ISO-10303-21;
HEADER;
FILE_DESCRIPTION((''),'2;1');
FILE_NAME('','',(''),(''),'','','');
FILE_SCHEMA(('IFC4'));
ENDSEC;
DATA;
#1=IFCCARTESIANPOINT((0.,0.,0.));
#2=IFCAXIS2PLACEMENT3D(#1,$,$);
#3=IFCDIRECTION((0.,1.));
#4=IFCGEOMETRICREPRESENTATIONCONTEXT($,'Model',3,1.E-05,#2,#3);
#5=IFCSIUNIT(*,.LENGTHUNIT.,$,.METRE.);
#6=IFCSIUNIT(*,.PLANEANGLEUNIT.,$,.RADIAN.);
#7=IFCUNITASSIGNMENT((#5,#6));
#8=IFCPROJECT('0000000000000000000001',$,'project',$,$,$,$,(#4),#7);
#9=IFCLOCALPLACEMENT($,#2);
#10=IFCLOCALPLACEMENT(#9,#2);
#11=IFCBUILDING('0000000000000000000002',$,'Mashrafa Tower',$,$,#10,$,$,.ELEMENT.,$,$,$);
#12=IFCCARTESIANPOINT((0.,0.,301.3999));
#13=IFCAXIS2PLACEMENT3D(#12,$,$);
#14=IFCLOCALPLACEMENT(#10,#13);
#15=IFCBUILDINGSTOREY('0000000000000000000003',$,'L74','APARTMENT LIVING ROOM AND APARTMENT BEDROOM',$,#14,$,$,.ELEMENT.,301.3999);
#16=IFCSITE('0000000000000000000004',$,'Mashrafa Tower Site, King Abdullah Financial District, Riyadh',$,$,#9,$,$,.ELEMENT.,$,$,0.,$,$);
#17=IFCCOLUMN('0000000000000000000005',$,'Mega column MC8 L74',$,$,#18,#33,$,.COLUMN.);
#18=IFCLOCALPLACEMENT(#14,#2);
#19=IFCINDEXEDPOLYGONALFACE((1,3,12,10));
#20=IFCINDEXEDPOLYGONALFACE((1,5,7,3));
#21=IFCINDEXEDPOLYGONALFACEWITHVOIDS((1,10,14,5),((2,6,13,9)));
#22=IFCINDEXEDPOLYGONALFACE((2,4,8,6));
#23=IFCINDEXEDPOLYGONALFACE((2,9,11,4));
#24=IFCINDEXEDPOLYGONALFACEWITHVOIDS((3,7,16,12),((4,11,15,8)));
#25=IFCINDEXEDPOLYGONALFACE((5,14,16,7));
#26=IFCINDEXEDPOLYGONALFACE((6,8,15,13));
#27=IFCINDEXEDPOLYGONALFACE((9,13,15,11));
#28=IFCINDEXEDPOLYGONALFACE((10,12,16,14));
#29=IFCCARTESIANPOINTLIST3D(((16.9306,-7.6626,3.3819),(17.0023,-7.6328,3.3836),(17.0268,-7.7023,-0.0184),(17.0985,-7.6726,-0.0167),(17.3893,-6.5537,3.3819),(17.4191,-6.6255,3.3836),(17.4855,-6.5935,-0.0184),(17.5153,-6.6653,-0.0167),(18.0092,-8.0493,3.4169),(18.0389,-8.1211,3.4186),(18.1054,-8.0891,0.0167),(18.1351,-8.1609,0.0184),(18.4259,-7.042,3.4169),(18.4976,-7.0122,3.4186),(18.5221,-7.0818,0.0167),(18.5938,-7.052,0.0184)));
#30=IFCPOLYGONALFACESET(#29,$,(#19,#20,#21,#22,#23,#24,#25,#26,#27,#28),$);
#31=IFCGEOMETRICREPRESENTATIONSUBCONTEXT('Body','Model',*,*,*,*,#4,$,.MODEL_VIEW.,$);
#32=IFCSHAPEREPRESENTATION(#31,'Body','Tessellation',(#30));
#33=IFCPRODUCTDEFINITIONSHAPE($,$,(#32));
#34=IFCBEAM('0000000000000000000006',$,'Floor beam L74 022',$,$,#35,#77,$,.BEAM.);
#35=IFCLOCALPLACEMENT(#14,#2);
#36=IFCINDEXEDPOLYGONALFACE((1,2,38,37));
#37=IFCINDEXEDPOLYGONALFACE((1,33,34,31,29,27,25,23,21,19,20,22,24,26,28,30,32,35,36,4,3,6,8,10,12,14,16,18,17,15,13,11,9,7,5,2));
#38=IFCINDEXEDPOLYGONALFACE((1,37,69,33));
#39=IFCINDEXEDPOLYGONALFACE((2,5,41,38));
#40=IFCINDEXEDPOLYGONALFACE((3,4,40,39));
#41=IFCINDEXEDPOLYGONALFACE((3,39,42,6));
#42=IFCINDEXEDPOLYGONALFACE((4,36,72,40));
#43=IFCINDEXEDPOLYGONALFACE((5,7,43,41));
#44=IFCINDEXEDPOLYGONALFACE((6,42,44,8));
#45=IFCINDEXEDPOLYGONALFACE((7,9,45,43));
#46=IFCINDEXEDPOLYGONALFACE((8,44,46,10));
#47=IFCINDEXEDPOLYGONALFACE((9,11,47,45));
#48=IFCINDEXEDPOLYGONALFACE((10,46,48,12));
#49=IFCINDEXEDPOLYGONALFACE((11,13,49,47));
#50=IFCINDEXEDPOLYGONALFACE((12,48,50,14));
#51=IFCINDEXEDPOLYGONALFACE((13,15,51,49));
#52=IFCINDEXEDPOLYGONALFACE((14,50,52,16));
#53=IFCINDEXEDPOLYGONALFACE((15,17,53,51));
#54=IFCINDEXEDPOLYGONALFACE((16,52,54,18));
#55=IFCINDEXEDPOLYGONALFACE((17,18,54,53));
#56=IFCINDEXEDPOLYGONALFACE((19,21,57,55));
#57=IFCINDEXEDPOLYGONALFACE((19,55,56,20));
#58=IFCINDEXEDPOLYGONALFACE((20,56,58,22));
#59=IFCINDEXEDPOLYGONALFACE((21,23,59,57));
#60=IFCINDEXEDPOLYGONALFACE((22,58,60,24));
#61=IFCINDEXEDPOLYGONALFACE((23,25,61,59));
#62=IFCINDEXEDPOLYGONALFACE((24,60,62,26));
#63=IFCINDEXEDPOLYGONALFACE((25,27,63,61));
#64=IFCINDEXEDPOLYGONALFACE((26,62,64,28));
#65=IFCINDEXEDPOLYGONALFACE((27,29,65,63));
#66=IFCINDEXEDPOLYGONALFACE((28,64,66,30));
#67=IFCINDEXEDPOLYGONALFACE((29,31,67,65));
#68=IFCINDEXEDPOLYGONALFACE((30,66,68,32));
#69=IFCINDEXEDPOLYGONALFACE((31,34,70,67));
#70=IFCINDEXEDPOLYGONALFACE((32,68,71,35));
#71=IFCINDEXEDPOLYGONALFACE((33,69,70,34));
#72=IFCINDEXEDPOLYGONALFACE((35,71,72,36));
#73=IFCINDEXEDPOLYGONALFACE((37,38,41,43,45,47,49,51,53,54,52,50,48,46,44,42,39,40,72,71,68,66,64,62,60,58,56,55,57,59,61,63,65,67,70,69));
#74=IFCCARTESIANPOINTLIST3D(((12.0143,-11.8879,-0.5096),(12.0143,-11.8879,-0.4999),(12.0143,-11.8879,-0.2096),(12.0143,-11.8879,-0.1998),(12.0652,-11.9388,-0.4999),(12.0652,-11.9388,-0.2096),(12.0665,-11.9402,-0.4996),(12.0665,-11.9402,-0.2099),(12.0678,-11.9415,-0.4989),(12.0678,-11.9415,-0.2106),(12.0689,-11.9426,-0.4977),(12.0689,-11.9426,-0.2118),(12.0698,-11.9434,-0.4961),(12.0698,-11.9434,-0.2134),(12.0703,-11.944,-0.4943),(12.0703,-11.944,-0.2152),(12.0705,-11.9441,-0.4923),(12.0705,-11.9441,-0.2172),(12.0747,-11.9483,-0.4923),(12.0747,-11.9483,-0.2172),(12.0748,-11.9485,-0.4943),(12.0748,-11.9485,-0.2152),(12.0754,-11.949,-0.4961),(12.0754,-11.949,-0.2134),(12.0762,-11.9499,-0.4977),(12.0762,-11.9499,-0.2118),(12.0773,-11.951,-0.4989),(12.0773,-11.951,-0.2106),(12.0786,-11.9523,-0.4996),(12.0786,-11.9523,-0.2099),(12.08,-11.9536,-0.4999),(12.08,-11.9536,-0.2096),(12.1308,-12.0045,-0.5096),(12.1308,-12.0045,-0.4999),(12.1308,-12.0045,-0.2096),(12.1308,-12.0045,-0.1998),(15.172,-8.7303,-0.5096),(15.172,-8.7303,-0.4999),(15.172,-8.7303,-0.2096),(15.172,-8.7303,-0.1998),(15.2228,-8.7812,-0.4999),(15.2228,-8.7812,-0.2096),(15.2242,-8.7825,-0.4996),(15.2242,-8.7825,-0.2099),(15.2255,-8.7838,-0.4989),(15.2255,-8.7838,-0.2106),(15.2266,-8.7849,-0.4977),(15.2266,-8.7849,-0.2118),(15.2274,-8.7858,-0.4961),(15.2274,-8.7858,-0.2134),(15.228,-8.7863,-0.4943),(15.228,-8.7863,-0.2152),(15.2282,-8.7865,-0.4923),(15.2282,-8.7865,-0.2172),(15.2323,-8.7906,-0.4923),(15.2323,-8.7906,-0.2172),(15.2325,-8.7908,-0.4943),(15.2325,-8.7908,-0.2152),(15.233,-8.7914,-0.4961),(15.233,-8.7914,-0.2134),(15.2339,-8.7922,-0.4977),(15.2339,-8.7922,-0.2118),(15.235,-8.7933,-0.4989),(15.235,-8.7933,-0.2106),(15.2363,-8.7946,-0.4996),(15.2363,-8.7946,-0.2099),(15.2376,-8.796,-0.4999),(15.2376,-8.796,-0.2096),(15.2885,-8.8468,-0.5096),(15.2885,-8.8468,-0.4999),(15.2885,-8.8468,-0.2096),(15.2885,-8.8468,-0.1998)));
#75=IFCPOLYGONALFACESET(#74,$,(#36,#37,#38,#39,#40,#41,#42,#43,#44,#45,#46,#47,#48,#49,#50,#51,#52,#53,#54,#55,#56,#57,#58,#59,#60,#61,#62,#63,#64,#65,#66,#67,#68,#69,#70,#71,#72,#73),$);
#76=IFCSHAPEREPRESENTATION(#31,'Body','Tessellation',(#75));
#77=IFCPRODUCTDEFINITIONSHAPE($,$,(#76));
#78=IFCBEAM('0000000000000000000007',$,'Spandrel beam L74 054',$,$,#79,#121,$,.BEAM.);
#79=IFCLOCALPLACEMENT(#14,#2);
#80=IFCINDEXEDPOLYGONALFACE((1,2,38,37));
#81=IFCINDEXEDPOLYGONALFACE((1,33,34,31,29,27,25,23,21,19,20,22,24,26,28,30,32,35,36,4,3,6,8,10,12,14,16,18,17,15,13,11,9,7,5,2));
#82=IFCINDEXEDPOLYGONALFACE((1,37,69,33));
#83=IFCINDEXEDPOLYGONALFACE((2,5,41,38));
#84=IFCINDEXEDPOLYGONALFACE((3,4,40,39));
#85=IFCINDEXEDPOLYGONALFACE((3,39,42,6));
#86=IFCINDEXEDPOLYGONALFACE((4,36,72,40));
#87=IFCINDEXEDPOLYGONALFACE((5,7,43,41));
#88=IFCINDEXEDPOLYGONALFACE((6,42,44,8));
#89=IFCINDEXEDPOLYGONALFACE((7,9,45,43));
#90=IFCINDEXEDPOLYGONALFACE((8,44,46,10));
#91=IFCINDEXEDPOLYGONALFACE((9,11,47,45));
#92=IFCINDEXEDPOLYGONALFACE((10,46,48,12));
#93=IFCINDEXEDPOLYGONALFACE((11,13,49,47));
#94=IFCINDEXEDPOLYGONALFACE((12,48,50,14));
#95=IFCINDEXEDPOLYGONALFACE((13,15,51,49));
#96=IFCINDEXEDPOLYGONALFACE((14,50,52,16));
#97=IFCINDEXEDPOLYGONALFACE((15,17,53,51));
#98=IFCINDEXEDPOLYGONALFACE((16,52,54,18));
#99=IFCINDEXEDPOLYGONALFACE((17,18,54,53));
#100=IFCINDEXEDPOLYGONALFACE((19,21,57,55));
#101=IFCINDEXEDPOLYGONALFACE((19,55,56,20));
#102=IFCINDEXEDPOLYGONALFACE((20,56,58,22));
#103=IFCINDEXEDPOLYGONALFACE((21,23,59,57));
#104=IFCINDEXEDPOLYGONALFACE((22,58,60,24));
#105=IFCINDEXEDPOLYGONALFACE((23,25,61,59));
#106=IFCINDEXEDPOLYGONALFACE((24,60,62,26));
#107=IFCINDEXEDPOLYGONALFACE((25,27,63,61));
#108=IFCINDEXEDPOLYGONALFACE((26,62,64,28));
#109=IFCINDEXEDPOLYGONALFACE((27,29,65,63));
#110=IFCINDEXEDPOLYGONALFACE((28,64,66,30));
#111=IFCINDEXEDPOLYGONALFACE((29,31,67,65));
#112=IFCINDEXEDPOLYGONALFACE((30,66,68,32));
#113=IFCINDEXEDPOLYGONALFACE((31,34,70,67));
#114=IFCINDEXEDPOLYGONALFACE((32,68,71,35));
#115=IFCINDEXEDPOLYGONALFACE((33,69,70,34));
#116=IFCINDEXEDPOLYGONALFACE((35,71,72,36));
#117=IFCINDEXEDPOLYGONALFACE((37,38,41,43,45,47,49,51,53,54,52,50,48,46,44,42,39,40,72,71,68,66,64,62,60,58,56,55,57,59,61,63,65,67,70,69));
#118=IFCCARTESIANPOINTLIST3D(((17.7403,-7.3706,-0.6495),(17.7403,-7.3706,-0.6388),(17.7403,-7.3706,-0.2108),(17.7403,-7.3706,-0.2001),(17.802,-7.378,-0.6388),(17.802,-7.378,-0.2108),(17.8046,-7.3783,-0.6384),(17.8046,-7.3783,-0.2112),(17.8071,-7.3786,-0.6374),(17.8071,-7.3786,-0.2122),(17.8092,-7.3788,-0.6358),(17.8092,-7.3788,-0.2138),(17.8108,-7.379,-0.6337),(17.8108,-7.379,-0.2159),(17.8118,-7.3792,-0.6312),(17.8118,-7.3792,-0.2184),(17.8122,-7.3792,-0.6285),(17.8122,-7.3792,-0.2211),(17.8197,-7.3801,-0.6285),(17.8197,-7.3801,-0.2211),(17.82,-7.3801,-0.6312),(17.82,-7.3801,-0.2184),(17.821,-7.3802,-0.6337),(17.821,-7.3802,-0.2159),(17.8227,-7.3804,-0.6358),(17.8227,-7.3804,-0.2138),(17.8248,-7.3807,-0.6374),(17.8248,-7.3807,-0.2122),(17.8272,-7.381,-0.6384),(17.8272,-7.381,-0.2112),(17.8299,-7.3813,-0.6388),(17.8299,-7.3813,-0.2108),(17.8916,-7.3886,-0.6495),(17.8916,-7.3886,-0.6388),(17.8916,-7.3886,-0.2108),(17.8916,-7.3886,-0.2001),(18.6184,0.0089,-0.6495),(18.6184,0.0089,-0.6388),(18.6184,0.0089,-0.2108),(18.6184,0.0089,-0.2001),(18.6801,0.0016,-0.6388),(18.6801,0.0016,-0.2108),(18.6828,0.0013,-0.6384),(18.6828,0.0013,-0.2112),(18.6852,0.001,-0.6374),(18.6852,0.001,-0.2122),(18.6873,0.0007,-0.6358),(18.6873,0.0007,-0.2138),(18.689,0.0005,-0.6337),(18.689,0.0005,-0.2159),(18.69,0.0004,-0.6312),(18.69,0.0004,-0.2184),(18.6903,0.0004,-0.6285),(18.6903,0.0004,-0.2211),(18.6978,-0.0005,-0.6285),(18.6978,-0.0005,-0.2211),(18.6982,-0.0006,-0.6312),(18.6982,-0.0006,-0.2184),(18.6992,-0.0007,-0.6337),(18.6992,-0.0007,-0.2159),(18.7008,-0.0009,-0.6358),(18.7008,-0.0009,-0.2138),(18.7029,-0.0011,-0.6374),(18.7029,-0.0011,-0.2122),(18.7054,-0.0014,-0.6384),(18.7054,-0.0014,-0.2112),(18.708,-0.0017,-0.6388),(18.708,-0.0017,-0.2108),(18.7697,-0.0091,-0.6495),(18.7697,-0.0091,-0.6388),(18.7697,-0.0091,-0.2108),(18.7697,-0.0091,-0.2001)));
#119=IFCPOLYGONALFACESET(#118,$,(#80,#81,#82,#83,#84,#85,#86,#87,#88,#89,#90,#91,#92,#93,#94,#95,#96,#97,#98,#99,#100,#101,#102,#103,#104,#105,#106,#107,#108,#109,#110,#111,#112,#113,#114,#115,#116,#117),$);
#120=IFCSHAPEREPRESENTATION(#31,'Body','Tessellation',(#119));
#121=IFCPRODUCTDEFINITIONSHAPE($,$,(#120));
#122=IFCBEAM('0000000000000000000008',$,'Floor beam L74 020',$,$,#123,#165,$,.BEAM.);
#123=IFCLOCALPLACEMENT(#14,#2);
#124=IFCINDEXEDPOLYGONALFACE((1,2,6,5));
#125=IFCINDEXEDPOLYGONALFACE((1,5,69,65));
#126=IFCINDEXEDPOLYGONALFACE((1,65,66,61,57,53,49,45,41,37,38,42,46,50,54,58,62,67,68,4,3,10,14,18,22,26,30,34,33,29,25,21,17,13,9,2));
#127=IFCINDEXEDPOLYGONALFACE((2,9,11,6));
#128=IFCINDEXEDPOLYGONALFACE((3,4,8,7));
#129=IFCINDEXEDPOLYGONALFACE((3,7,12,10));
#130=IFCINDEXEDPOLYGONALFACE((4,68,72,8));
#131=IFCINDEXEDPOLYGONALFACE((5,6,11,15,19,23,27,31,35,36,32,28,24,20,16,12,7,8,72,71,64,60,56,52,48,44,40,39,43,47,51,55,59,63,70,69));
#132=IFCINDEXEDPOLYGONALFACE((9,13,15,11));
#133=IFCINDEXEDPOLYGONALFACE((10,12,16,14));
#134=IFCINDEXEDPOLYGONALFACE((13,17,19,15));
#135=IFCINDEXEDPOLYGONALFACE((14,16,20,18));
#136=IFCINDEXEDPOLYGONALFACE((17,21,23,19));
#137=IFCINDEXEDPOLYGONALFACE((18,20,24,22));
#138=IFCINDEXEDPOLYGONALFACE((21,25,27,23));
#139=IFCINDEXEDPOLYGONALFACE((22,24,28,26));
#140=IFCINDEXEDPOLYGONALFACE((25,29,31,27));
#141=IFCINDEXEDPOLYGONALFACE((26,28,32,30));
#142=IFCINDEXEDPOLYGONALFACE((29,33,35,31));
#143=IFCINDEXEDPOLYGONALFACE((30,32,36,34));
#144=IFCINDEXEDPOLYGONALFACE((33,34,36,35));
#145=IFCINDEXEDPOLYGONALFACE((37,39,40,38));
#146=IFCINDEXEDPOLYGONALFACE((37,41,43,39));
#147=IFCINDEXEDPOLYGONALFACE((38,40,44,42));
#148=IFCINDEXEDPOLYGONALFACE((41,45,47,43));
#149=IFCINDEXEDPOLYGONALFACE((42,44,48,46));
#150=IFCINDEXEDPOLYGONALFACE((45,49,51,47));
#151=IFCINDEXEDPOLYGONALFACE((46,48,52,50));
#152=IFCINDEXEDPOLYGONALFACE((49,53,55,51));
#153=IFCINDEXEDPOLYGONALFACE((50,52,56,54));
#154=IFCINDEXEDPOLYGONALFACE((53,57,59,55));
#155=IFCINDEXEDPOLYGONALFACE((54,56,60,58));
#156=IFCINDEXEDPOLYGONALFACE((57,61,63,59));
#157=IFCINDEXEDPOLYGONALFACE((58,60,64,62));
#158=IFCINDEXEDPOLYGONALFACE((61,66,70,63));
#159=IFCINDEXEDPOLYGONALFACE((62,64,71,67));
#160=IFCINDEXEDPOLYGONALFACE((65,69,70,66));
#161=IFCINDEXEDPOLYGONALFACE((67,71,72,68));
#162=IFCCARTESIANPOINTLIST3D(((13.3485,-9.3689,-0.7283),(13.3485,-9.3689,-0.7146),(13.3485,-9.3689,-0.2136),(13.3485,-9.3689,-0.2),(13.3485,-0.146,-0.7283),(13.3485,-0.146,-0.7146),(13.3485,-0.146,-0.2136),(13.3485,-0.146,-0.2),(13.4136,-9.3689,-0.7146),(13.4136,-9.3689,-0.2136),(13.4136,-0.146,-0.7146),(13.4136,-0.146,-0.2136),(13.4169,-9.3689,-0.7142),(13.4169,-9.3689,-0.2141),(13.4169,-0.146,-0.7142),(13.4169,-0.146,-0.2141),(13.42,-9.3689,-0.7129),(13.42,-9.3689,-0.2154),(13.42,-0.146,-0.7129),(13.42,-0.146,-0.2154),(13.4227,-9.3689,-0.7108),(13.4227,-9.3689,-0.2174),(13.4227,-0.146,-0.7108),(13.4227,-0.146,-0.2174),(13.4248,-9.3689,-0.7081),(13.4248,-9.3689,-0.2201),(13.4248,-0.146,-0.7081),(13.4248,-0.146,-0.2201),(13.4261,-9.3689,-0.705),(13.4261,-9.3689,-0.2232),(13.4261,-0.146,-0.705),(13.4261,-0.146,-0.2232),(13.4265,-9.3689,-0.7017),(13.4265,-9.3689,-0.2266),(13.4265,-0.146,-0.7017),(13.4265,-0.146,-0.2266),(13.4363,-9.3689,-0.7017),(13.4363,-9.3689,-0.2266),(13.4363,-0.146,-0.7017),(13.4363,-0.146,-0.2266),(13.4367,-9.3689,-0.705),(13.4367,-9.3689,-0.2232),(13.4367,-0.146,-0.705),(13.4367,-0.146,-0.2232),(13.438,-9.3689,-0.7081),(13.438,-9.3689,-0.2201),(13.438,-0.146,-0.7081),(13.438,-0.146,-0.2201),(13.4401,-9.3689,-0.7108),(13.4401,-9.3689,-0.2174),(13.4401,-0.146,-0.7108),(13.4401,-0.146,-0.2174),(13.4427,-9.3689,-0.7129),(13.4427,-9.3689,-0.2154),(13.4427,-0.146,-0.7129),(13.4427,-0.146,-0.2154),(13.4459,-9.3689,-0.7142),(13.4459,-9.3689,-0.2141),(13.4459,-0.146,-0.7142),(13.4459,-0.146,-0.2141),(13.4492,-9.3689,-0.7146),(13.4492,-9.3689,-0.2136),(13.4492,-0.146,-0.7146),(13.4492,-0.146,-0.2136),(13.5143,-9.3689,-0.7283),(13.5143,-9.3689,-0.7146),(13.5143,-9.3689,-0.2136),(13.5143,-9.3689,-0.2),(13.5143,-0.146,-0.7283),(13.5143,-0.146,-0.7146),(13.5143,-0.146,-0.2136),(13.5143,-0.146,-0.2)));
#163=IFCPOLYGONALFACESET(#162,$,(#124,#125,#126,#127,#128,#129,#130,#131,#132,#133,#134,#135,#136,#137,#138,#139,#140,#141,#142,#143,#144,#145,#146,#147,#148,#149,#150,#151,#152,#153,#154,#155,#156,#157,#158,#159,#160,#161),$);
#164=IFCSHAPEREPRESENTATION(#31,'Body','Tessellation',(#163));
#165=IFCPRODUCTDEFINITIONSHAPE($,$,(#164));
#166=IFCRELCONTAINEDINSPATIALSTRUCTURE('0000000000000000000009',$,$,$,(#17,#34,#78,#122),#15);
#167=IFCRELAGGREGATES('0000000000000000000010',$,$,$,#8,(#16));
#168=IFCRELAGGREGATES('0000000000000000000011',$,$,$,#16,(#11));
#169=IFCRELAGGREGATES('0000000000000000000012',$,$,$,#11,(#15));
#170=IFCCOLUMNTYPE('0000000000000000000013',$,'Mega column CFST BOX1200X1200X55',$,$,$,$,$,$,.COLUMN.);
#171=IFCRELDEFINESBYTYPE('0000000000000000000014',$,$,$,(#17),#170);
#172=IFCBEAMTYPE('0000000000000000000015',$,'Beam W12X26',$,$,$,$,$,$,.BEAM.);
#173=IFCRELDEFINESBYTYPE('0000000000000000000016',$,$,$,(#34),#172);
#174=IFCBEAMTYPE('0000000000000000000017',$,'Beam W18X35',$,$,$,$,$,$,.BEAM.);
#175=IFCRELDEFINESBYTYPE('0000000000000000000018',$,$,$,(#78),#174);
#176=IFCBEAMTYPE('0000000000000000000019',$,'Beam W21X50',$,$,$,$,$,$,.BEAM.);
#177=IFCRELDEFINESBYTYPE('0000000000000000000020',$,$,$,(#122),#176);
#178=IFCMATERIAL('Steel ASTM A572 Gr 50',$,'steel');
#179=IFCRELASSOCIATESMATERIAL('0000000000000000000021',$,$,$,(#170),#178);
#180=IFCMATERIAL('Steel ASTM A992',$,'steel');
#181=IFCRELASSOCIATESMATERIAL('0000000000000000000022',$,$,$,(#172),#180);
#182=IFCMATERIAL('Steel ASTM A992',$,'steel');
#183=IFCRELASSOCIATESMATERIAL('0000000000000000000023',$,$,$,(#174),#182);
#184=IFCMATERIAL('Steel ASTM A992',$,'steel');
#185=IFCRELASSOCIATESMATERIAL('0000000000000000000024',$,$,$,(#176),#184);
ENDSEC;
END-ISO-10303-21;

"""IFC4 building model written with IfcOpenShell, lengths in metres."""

from ifc_helpers import new_model, si_unit, direction, frame, origin, origin_2d, place, context, subcontext, project, spatial, hollow_rectangle, i_section, extrude, material, material_profile, profile_set, type_object, element, save


model = new_model("IFC4")

# Units and contexts
model_context = context("Model", 3, precision=1e-05, world=origin(), true_north=direction((0.0, 1.0)))
body_context = subcontext(model_context, "Body", "Model", "MODEL_VIEW")
ifc_project = project(units=[si_unit("LENGTHUNIT", "METRE"), si_unit("PLANEANGLEUNIT", "RADIAN")], contexts=[model_context])

# Site, building, storey
site_placement = place(None, origin())
site = spatial("IfcSite", under=ifc_project, at=site_placement, Name="Mashrafa Tower Site, King Abdullah Financial District, Riyadh", CompositionType="ELEMENT", RefElevation=0.0)
building_placement = place(site_placement, origin())
building = spatial("IfcBuilding", under=site, at=building_placement, Name="Mashrafa Tower", CompositionType="ELEMENT")
storey_placement = place(building_placement, frame((0.0, 0.0, 301.3999)))
storey = spatial("IfcBuildingStorey", under=building, at=storey_placement, Name="L74", Description="APARTMENT LIVING ROOM AND APARTMENT BEDROOM", CompositionType="ELEMENT", Elevation=301.3999)

# Column
ifc_material_1 = material(Name="Steel ASTM A572 Gr 50", Category="steel")
ifc_material_profile_1 = material_profile(ifc_material_1, hollow_rectangle(XDim=1.2, YDim=1.2, WallThickness=0.0549, at=origin_2d()), Name="BOX1200X1200X55")
ifc_profile_set_1 = profile_set([ifc_material_profile_1], Name="Steel ASTM A572 Gr 50")
column_type = type_object("IfcColumnType", Name="Mega column CFST BOX1200X1200X55", PredefinedType="COLUMN", material=ifc_profile_set_1)
column_placement = place(storey_placement, frame((17.8103, -7.3772, 0.0), z_axis=(-0.028277, 0.011698, 0.999532), x_axis=(-0.382283, -0.924045, 0.0)))
element("IfcColumn", 1, at=column_placement, inside=storey, type_object=column_type, Name="Mega column MC8 L74", PredefinedType="COLUMN", context=body_context, shape_type="SweptSolid", body=[
    extrude(hollow_rectangle(XDim=1.2, YDim=1.2, WallThickness=0.0549, at=origin_2d()), origin(), (0.0, 0.0, 1.0), 3.4019),
])

# Beams
ifc_material_2 = material(Name="Steel ASTM A992", Category="steel")
ifc_material_profile_2 = material_profile(ifc_material_2, i_section(OverallWidth=0.1648, OverallDepth=0.3098, WebThickness=0.0059, FlangeThickness=0.0098, FilletRadius=0.0076, at=origin_2d()), Name="W12X26")
ifc_profile_set_2 = profile_set([ifc_material_profile_2], Name="Steel ASTM A992")
beam_type_1 = type_object("IfcBeamType", Name="Beam W12X26", PredefinedType="BEAM", material=ifc_profile_set_2)
beam_1_placement = place(storey_placement, frame((15.2302, -8.7886, -0.3547), z_axis=(-0.707107, -0.707107, 0.0), x_axis=(0.707107, -0.707107, 0.0)))
element("IfcBeam", 2, at=beam_1_placement, inside=storey, type_object=beam_type_1, Name="Floor beam L74 022", PredefinedType="BEAM", context=body_context, shape_type="SweptSolid", body=[
    extrude(i_section(OverallWidth=0.1648, OverallDepth=0.3098, WebThickness=0.0059, FlangeThickness=0.0098, FilletRadius=0.0076, at=origin_2d()), origin(), (0.0, 0.0, 1.0), 4.4656),
])
ifc_material_3 = material(Name="Steel ASTM A992", Category="steel")
ifc_material_profile_3 = material_profile(ifc_material_3, i_section(OverallWidth=0.1523, OverallDepth=0.4495, WebThickness=0.0076, FlangeThickness=0.0107, FilletRadius=0.0103, at=origin_2d()), Name="W18X35")
ifc_profile_set_3 = profile_set([ifc_material_profile_3], Name="Steel ASTM A992")
beam_type_2 = type_object("IfcBeamType", Name="Beam W18X35", PredefinedType="BEAM", material=ifc_profile_set_3)
beam_2_placement = place(storey_placement, frame((17.8159, -7.3796, -0.4248), z_axis=(0.118166, 0.992994, 0.0), x_axis=(-0.992994, 0.118166, 0.0)))
element("IfcBeam", 3, at=beam_2_placement, inside=storey, type_object=beam_type_2, Name="Spandrel beam L74 054", PredefinedType="BEAM", context=body_context, shape_type="SweptSolid", body=[
    extrude(i_section(OverallWidth=0.1523, OverallDepth=0.4495, WebThickness=0.0076, FlangeThickness=0.0107, FilletRadius=0.0103, at=origin_2d()), origin(), (0.0, 0.0, 1.0), 7.4316),
])
ifc_material_4 = material(Name="Steel ASTM A992", Category="steel")
ifc_material_profile_4 = material_profile(ifc_material_4, i_section(OverallWidth=0.1658, OverallDepth=0.5283, WebThickness=0.0098, FlangeThickness=0.0137, FilletRadius=0.0129, at=origin_2d()), Name="W21X50")
ifc_profile_set_4 = profile_set([ifc_material_profile_4], Name="Steel ASTM A992")
beam_type_3 = type_object("IfcBeamType", Name="Beam W21X50", PredefinedType="BEAM", material=ifc_profile_set_4)
beam_3_placement = place(storey_placement, frame((13.4314, -0.146, -0.4641), z_axis=(0.0, -1.0, 0.0), x_axis=(1.0, 0.0, 0.0)))
element("IfcBeam", 4, at=beam_3_placement, inside=storey, type_object=beam_type_3, Name="Floor beam L74 020", PredefinedType="BEAM", context=body_context, shape_type="SweptSolid", body=[
    extrude(i_section(OverallWidth=0.1658, OverallDepth=0.5283, WebThickness=0.0098, FlangeThickness=0.0137, FilletRadius=0.0129, at=origin_2d()), origin(), (0.0, 0.0, 1.0), 9.2229),
])

save(model, "model.ifc")
